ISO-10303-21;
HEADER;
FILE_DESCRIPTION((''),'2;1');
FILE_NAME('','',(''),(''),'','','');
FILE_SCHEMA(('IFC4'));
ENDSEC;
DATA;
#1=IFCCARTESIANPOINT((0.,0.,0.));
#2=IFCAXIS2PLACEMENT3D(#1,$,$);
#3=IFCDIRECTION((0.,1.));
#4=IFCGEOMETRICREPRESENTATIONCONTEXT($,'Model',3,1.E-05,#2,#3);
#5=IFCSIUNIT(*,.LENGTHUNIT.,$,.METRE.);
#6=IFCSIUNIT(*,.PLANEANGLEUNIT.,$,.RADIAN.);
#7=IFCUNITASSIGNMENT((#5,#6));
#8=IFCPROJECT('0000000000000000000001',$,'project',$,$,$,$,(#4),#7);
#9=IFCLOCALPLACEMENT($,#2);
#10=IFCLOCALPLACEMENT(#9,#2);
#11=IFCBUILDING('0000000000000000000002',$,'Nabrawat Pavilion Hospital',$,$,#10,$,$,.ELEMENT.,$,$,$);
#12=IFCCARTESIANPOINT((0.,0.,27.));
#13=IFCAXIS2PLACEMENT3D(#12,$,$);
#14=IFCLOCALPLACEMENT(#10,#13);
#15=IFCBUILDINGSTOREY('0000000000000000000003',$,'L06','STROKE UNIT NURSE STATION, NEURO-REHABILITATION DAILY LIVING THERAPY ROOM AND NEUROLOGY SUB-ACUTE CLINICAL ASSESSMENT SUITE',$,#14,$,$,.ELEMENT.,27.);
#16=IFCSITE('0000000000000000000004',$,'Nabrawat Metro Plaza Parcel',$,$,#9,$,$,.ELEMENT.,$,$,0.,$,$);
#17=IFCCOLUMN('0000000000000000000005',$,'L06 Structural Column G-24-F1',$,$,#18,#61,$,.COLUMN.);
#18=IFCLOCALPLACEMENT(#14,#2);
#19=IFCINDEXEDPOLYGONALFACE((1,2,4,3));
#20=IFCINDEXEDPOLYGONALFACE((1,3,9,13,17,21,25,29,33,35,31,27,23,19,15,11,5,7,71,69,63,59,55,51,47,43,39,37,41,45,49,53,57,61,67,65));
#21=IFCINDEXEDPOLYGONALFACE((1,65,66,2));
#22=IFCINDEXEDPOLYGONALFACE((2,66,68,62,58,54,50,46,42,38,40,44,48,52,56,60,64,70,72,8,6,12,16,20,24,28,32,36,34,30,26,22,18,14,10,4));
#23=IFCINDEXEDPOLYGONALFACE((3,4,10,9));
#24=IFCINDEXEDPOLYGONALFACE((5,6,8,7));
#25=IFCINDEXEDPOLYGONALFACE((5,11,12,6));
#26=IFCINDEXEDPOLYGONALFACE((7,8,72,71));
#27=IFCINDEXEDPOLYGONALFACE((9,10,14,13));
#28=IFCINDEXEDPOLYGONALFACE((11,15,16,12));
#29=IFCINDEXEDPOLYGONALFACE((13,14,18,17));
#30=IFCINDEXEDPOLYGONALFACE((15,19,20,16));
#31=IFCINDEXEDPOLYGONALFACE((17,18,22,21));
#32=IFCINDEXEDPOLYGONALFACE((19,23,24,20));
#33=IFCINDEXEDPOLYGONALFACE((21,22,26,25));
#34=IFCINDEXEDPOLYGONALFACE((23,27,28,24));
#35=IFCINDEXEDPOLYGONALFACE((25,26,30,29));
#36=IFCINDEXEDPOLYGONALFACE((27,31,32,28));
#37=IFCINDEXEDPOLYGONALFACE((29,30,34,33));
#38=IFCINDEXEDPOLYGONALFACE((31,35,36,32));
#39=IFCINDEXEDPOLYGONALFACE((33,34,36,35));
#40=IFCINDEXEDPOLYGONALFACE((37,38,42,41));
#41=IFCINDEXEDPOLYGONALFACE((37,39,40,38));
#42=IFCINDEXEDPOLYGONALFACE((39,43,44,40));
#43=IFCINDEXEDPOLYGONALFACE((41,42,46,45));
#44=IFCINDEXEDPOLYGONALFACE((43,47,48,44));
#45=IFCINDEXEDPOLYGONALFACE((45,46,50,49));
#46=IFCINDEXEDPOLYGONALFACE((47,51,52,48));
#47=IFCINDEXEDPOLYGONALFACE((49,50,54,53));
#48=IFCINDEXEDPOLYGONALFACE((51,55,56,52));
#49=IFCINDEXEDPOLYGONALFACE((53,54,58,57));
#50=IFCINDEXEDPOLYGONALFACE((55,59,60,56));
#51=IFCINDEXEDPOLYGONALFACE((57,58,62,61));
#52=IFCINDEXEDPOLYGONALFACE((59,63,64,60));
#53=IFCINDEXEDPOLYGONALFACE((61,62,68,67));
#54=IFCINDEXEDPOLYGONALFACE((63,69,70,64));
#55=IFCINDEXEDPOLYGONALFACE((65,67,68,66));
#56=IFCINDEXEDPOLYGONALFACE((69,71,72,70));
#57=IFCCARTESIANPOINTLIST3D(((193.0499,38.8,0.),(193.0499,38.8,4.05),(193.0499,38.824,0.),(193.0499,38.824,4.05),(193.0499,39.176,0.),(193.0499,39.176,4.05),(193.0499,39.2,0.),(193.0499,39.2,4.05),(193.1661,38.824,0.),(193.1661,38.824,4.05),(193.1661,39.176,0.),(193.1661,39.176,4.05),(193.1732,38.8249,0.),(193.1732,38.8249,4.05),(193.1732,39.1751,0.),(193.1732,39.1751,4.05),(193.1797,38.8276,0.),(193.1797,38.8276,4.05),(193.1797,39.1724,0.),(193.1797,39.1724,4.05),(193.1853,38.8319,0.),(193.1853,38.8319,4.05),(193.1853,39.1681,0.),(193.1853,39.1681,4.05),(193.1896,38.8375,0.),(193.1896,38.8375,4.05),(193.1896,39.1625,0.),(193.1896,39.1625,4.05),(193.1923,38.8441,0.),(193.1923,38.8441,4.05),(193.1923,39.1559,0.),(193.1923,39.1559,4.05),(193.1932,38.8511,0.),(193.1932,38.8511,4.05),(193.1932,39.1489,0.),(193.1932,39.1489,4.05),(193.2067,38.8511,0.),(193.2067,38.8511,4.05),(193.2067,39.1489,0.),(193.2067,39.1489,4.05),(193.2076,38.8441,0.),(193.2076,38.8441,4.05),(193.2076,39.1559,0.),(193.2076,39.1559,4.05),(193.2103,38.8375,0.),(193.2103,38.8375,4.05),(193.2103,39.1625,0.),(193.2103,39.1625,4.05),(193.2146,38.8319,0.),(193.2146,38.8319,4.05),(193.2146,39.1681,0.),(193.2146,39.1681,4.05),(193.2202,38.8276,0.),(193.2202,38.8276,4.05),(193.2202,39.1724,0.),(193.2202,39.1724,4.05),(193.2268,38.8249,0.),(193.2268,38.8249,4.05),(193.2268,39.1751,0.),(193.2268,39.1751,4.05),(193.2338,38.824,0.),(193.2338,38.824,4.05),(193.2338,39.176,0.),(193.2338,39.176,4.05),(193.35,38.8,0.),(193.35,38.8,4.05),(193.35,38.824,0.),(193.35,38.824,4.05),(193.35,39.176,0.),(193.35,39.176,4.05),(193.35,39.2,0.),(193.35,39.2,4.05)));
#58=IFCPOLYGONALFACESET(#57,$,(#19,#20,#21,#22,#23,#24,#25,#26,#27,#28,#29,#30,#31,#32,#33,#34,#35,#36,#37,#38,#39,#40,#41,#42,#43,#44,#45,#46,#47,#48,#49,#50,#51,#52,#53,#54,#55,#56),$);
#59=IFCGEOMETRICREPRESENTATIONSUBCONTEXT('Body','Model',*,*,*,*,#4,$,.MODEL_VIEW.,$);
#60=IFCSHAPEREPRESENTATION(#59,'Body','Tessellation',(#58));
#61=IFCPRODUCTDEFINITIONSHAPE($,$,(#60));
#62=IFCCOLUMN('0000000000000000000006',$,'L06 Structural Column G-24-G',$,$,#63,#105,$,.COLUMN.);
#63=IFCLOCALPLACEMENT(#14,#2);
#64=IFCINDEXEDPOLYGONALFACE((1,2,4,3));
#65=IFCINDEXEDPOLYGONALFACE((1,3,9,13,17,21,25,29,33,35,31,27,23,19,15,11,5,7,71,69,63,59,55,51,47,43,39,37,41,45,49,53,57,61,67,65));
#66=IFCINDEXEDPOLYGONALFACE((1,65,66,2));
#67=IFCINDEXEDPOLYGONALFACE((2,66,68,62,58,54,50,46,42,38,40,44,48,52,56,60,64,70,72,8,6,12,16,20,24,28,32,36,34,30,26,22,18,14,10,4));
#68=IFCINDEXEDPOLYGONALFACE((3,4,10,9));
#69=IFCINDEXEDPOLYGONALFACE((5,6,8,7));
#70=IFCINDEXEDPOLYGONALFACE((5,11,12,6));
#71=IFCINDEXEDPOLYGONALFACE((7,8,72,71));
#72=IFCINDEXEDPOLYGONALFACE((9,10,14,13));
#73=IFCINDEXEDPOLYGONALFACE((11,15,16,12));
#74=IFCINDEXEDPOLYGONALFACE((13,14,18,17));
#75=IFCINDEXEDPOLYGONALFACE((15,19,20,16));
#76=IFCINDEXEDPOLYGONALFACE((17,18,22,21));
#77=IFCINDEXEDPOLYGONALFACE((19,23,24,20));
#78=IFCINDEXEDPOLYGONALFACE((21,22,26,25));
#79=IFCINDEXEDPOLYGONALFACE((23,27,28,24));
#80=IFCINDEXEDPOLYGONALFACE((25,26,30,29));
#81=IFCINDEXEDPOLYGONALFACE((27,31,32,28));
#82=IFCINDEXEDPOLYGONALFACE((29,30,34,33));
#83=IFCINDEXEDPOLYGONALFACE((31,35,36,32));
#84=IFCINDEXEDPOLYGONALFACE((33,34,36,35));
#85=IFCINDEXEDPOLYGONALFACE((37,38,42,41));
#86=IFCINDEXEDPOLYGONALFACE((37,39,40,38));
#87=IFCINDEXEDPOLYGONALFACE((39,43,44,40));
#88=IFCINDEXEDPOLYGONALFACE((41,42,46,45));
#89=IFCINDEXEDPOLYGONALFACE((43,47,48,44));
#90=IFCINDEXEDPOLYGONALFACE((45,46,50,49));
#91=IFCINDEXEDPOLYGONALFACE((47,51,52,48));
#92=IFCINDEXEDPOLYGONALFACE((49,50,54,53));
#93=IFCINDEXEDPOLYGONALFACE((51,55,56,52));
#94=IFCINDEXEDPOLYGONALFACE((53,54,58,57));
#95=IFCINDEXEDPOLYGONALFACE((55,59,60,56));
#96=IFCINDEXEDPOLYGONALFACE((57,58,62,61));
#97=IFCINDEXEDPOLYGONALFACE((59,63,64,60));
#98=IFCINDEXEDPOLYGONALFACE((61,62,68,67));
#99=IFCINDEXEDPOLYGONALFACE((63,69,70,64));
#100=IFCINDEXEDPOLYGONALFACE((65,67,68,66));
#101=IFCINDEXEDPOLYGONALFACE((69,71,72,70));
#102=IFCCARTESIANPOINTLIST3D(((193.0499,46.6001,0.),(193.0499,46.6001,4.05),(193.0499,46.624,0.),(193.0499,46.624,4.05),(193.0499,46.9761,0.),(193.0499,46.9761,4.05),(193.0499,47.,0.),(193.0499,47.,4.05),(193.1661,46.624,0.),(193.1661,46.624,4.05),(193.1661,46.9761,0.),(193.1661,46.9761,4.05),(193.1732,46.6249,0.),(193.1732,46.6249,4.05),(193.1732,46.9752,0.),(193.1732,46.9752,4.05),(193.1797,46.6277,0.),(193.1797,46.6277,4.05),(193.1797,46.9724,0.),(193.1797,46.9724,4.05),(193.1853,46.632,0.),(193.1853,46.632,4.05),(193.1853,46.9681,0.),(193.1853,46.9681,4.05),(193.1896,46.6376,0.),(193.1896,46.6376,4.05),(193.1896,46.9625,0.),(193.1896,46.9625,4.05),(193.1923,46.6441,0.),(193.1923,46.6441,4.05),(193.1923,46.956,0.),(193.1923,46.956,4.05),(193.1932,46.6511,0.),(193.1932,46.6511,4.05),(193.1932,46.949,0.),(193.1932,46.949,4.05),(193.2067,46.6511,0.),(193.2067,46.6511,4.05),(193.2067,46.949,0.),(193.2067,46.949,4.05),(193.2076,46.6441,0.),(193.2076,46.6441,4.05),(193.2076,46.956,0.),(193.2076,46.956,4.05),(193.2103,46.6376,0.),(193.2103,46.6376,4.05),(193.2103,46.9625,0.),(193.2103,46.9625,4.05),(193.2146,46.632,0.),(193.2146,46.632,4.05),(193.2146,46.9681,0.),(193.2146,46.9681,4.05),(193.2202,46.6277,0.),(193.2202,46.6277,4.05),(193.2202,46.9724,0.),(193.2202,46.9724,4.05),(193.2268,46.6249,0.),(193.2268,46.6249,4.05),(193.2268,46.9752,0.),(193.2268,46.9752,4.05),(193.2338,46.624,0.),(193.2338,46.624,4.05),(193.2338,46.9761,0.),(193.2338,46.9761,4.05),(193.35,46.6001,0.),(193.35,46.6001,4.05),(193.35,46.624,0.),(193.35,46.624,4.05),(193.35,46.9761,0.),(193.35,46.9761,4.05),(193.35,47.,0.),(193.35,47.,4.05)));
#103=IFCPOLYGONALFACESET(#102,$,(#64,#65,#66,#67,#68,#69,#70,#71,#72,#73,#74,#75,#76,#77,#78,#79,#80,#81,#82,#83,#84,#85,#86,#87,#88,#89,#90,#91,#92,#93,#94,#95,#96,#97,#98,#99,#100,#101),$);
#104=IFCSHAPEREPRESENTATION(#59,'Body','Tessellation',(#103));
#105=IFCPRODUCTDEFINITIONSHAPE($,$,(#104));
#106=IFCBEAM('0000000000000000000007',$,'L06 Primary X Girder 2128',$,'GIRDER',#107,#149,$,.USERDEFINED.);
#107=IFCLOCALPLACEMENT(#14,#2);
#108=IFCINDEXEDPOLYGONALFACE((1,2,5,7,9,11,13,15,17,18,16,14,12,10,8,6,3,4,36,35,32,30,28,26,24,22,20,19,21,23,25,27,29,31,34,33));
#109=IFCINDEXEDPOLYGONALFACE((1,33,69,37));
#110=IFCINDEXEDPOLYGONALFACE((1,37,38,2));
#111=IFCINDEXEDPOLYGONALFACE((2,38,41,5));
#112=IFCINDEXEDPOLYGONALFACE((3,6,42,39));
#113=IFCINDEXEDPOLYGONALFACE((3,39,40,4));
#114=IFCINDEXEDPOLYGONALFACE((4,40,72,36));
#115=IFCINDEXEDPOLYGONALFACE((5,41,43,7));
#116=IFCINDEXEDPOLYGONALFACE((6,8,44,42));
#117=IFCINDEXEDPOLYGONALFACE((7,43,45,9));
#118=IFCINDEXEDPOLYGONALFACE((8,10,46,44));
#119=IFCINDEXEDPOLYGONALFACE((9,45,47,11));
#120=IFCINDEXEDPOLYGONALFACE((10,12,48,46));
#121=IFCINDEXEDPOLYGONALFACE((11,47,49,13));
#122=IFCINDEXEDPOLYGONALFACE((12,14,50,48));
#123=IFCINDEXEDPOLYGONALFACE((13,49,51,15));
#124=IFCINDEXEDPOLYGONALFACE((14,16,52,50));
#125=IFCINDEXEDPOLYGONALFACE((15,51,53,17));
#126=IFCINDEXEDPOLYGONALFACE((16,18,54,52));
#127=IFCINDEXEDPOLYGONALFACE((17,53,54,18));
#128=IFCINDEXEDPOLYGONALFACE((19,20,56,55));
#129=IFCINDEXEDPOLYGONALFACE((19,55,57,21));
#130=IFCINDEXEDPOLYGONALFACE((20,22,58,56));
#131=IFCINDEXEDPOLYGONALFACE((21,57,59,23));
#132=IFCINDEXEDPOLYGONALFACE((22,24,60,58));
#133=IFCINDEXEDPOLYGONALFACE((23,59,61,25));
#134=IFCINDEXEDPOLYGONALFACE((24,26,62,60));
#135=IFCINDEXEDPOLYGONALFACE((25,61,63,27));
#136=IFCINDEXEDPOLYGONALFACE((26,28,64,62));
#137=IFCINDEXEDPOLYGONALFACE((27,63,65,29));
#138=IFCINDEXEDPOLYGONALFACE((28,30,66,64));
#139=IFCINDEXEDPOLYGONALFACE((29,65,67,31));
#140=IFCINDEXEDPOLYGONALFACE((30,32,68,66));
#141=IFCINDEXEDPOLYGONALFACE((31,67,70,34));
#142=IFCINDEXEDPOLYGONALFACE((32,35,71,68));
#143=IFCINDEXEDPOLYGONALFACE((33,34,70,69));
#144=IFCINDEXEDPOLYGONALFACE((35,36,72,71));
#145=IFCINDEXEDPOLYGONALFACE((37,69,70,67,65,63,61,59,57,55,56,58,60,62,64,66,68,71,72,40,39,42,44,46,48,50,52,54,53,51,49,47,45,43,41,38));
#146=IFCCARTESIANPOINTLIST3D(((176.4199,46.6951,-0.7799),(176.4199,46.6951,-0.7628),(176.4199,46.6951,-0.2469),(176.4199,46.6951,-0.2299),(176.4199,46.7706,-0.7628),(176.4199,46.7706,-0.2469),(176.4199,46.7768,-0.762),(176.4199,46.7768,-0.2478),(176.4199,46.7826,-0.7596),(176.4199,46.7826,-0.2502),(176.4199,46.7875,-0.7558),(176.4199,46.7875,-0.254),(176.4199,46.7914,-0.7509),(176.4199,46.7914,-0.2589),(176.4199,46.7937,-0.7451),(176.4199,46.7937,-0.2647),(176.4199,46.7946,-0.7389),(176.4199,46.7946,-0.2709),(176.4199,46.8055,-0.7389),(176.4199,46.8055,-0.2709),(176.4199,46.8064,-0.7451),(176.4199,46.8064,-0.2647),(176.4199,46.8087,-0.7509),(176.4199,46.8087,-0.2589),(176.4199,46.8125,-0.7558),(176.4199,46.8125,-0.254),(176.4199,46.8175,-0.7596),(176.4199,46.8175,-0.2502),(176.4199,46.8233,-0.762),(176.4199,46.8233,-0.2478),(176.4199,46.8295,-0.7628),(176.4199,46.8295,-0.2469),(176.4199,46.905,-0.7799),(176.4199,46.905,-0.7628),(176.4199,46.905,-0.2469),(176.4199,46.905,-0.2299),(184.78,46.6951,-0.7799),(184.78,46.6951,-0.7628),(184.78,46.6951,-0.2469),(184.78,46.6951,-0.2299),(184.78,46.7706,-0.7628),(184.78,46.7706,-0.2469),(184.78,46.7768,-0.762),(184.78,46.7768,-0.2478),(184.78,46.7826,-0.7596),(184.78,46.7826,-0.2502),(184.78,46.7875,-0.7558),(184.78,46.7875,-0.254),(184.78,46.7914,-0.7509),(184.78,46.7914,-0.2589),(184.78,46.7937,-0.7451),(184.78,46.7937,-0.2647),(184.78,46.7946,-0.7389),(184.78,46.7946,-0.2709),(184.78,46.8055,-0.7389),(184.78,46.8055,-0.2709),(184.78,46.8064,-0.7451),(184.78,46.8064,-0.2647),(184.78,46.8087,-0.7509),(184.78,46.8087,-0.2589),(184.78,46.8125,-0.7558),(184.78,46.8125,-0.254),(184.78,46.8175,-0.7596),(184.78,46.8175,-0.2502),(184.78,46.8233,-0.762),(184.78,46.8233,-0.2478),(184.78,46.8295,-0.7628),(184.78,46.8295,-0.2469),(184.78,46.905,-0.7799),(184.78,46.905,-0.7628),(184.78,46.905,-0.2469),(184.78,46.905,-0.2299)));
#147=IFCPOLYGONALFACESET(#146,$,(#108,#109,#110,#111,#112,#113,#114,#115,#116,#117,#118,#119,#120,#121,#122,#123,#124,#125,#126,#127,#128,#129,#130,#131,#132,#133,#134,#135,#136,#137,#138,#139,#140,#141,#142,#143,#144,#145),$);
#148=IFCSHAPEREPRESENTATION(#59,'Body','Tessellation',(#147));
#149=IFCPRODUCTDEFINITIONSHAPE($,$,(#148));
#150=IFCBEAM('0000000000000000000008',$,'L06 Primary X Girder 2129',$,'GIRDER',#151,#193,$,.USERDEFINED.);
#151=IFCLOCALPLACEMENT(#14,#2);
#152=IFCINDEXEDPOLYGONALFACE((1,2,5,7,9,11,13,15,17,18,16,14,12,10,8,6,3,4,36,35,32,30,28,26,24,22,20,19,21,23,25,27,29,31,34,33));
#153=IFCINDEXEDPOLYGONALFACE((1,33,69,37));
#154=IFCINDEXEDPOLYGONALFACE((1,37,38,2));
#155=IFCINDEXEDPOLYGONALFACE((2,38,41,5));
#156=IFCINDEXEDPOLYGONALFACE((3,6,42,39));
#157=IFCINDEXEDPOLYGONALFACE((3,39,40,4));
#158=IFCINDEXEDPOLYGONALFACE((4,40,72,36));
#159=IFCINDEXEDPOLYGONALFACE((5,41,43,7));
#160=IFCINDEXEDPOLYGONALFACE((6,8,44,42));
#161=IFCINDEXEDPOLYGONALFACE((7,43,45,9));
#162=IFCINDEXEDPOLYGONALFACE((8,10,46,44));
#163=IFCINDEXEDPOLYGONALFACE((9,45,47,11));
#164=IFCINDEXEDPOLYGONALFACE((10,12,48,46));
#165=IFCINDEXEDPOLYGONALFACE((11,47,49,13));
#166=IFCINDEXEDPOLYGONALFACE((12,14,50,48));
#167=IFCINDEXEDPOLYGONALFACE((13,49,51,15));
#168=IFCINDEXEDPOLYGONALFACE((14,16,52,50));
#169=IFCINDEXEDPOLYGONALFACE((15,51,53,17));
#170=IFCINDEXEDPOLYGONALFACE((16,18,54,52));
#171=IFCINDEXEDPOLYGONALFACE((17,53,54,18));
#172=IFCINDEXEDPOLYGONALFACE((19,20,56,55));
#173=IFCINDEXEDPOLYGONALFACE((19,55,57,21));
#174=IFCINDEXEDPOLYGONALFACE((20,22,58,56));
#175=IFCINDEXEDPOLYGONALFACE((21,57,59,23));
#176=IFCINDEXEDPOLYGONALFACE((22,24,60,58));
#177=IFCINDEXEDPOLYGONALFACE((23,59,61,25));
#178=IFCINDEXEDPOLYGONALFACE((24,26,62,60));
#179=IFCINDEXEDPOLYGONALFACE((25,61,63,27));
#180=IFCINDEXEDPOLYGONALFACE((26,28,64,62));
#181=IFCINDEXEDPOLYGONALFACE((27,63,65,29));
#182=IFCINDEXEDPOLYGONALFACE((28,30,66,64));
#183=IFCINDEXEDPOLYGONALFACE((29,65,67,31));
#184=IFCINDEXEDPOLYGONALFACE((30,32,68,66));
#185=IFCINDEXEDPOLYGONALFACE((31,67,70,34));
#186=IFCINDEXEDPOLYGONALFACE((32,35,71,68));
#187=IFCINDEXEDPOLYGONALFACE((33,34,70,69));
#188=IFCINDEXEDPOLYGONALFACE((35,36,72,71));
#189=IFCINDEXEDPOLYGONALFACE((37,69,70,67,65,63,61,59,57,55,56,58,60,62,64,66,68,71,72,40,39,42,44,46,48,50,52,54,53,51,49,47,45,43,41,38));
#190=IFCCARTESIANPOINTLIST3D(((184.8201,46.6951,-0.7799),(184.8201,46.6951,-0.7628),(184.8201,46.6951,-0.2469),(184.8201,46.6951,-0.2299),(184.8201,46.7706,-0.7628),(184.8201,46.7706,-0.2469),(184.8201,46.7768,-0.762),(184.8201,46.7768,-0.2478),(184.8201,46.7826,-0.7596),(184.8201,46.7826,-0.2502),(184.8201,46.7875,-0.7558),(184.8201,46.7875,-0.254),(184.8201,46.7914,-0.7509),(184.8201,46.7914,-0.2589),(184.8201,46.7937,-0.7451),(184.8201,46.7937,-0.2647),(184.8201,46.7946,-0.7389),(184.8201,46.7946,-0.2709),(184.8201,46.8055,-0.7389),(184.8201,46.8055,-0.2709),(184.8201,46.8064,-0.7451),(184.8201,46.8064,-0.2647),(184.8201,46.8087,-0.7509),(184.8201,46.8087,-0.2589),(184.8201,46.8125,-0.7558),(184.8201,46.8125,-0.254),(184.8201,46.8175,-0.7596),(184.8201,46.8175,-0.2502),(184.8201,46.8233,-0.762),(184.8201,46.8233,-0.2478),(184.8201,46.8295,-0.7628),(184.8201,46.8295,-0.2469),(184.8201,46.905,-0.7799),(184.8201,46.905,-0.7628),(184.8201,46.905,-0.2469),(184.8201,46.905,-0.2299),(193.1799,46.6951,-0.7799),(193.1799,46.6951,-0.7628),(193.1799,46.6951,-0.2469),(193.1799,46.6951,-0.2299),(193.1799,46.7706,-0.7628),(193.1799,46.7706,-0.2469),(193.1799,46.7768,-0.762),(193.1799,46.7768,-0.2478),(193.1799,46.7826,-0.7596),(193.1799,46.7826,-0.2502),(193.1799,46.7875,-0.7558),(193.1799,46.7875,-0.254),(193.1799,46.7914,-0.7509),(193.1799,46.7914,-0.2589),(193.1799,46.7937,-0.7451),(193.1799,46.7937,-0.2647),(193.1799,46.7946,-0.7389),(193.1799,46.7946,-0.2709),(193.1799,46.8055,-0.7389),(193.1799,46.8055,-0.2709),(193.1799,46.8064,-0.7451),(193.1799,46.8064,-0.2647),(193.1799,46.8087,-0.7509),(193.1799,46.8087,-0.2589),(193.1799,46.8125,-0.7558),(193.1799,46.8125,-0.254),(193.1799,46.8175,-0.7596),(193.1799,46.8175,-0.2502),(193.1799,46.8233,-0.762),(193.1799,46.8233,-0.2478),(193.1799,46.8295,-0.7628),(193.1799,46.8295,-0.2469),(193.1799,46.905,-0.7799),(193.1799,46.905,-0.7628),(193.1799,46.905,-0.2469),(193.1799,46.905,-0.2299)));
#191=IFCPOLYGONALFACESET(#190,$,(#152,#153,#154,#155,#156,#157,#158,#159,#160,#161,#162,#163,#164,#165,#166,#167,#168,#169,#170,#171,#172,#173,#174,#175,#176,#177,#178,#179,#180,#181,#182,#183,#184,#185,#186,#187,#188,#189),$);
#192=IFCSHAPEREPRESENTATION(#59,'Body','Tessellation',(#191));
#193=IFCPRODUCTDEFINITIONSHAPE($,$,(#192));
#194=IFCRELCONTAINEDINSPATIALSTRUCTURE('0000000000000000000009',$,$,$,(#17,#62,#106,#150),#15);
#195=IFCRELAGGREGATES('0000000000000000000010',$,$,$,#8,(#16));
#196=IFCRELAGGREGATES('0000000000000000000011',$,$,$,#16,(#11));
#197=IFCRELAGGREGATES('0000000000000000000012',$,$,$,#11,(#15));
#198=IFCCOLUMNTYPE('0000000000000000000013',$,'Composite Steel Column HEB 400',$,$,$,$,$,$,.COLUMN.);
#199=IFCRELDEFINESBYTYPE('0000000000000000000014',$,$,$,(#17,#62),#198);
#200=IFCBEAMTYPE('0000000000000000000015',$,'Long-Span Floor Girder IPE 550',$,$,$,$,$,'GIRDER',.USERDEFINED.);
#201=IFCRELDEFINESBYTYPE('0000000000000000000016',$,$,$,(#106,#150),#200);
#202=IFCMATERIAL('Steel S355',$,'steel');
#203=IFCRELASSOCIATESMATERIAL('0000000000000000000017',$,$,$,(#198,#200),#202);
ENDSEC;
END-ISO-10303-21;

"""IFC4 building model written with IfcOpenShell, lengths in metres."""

from ifc_helpers import new_model, si_unit, direction, frame, origin, origin_2d, place, context, subcontext, project, spatial, i_section, extrude, material, material_profile, profile_set, type_object, element, save


model = new_model("IFC4")

# Units and contexts
model_context = context("Model", 3, precision=1e-05, world=origin(), true_north=direction((0.0, 1.0)))
body_context = subcontext(model_context, "Body", "Model", "MODEL_VIEW")
ifc_project = project(units=[si_unit("LENGTHUNIT", "METRE"), si_unit("PLANEANGLEUNIT", "RADIAN")], contexts=[model_context])

# Site, building, storey
site_placement = place(None, origin())
site = spatial("IfcSite", under=ifc_project, at=site_placement, Name="Nabrawat Metro Plaza Parcel", CompositionType="ELEMENT", RefElevation=0.0)
building_placement = place(site_placement, origin())
building = spatial("IfcBuilding", under=site, at=building_placement, Name="Nabrawat Pavilion Hospital", CompositionType="ELEMENT")
storey_placement = place(building_placement, frame((0.0, 0.0, 27.0)))
storey = spatial("IfcBuildingStorey", under=building, at=storey_placement, Name="L06", Description="STROKE UNIT NURSE STATION, NEURO-REHABILITATION DAILY LIVING THERAPY ROOM AND NEUROLOGY SUB-ACUTE CLINICAL ASSESSMENT SUITE", CompositionType="ELEMENT", Elevation=27.0)

# Columns
ifc_material_1 = material(Name="Steel S355", Category="steel")
ifc_material_profile_1 = material_profile(ifc_material_1, i_section(OverallWidth=0.3, OverallDepth=0.3999, WebThickness=0.0134, FlangeThickness=0.0239, FilletRadius=0.0271, at=origin_2d()), Name="HEB 400")
ifc_profile_set_1 = profile_set([ifc_material_profile_1], Name="Steel S355")
column_type = type_object("IfcColumnType", Name="Composite Steel Column HEB 400", PredefinedType="COLUMN", material=ifc_profile_set_1)
for number, where, z_axis, x_axis, name in (
    (1, (193.2, 39.0, 0.0), (0.0, 0.0, 1.0), (1.0, 0.0, 0.0), "L06 Structural Column G-24-F1"),
    (2, (193.2, 46.8, 0.0), (0.0, 0.0, 1.0), (1.0, 0.0, 0.0), "L06 Structural Column G-24-G"),
):
    element("IfcColumn", number, at=place(storey_placement, frame(where, z_axis=z_axis, x_axis=x_axis)), inside=storey, type_object=column_type, Name=name, PredefinedType="COLUMN", context=body_context, shape_type="SweptSolid", body=[
        extrude(i_section(OverallWidth=0.3, OverallDepth=0.3999, WebThickness=0.0134, FlangeThickness=0.0239, FilletRadius=0.0271, at=origin_2d()), origin(), (0.0, 0.0, 1.0), 4.05),
    ])

# Beams
ifc_material_profile_2 = material_profile(ifc_material_1, i_section(OverallWidth=0.21, OverallDepth=0.55, WebThickness=0.011, FlangeThickness=0.0171, FilletRadius=0.0239, at=origin_2d()), Name="IPE 550")
ifc_profile_set_2 = profile_set([ifc_material_profile_2], Name="Steel S355")
beam_type_1 = type_object("IfcBeamType", Name="Long-Span Floor Girder IPE 550", ElementType="GIRDER", PredefinedType="USERDEFINED", material=ifc_profile_set_2)
beam_1_placement = place(storey_placement, frame((176.4199, 46.8, -0.5049), z_axis=(1.0, 0.0, 0.0), x_axis=(0.0, 1.0, 0.0)))
element("IfcBeam", 3, at=beam_1_placement, inside=storey, type_object=beam_type_1, Name="L06 Primary X Girder 2128", ObjectType="GIRDER", PredefinedType="USERDEFINED", context=body_context, shape_type="SweptSolid", body=[
    extrude(i_section(OverallWidth=0.21, OverallDepth=0.55, WebThickness=0.011, FlangeThickness=0.0171, FilletRadius=0.0239, at=origin_2d()), origin(), (0.0, 0.0, 1.0), 8.3601),
])
beam_2_placement = place(storey_placement, frame((184.8201, 46.8, -0.5049), z_axis=(1.0, 0.0, 0.0), x_axis=(0.0, 1.0, 0.0)))
element("IfcBeam", 4, at=beam_2_placement, inside=storey, type_object=beam_type_1, Name="L06 Primary X Girder 2129", ObjectType="GIRDER", PredefinedType="USERDEFINED", context=body_context, shape_type="SweptSolid", body=[
    extrude(i_section(OverallWidth=0.21, OverallDepth=0.55, WebThickness=0.011, FlangeThickness=0.0171, FilletRadius=0.0239, at=origin_2d()), origin(), (0.0, 0.0, 1.0), 8.3599),
])

save(model, "model.ifc")
